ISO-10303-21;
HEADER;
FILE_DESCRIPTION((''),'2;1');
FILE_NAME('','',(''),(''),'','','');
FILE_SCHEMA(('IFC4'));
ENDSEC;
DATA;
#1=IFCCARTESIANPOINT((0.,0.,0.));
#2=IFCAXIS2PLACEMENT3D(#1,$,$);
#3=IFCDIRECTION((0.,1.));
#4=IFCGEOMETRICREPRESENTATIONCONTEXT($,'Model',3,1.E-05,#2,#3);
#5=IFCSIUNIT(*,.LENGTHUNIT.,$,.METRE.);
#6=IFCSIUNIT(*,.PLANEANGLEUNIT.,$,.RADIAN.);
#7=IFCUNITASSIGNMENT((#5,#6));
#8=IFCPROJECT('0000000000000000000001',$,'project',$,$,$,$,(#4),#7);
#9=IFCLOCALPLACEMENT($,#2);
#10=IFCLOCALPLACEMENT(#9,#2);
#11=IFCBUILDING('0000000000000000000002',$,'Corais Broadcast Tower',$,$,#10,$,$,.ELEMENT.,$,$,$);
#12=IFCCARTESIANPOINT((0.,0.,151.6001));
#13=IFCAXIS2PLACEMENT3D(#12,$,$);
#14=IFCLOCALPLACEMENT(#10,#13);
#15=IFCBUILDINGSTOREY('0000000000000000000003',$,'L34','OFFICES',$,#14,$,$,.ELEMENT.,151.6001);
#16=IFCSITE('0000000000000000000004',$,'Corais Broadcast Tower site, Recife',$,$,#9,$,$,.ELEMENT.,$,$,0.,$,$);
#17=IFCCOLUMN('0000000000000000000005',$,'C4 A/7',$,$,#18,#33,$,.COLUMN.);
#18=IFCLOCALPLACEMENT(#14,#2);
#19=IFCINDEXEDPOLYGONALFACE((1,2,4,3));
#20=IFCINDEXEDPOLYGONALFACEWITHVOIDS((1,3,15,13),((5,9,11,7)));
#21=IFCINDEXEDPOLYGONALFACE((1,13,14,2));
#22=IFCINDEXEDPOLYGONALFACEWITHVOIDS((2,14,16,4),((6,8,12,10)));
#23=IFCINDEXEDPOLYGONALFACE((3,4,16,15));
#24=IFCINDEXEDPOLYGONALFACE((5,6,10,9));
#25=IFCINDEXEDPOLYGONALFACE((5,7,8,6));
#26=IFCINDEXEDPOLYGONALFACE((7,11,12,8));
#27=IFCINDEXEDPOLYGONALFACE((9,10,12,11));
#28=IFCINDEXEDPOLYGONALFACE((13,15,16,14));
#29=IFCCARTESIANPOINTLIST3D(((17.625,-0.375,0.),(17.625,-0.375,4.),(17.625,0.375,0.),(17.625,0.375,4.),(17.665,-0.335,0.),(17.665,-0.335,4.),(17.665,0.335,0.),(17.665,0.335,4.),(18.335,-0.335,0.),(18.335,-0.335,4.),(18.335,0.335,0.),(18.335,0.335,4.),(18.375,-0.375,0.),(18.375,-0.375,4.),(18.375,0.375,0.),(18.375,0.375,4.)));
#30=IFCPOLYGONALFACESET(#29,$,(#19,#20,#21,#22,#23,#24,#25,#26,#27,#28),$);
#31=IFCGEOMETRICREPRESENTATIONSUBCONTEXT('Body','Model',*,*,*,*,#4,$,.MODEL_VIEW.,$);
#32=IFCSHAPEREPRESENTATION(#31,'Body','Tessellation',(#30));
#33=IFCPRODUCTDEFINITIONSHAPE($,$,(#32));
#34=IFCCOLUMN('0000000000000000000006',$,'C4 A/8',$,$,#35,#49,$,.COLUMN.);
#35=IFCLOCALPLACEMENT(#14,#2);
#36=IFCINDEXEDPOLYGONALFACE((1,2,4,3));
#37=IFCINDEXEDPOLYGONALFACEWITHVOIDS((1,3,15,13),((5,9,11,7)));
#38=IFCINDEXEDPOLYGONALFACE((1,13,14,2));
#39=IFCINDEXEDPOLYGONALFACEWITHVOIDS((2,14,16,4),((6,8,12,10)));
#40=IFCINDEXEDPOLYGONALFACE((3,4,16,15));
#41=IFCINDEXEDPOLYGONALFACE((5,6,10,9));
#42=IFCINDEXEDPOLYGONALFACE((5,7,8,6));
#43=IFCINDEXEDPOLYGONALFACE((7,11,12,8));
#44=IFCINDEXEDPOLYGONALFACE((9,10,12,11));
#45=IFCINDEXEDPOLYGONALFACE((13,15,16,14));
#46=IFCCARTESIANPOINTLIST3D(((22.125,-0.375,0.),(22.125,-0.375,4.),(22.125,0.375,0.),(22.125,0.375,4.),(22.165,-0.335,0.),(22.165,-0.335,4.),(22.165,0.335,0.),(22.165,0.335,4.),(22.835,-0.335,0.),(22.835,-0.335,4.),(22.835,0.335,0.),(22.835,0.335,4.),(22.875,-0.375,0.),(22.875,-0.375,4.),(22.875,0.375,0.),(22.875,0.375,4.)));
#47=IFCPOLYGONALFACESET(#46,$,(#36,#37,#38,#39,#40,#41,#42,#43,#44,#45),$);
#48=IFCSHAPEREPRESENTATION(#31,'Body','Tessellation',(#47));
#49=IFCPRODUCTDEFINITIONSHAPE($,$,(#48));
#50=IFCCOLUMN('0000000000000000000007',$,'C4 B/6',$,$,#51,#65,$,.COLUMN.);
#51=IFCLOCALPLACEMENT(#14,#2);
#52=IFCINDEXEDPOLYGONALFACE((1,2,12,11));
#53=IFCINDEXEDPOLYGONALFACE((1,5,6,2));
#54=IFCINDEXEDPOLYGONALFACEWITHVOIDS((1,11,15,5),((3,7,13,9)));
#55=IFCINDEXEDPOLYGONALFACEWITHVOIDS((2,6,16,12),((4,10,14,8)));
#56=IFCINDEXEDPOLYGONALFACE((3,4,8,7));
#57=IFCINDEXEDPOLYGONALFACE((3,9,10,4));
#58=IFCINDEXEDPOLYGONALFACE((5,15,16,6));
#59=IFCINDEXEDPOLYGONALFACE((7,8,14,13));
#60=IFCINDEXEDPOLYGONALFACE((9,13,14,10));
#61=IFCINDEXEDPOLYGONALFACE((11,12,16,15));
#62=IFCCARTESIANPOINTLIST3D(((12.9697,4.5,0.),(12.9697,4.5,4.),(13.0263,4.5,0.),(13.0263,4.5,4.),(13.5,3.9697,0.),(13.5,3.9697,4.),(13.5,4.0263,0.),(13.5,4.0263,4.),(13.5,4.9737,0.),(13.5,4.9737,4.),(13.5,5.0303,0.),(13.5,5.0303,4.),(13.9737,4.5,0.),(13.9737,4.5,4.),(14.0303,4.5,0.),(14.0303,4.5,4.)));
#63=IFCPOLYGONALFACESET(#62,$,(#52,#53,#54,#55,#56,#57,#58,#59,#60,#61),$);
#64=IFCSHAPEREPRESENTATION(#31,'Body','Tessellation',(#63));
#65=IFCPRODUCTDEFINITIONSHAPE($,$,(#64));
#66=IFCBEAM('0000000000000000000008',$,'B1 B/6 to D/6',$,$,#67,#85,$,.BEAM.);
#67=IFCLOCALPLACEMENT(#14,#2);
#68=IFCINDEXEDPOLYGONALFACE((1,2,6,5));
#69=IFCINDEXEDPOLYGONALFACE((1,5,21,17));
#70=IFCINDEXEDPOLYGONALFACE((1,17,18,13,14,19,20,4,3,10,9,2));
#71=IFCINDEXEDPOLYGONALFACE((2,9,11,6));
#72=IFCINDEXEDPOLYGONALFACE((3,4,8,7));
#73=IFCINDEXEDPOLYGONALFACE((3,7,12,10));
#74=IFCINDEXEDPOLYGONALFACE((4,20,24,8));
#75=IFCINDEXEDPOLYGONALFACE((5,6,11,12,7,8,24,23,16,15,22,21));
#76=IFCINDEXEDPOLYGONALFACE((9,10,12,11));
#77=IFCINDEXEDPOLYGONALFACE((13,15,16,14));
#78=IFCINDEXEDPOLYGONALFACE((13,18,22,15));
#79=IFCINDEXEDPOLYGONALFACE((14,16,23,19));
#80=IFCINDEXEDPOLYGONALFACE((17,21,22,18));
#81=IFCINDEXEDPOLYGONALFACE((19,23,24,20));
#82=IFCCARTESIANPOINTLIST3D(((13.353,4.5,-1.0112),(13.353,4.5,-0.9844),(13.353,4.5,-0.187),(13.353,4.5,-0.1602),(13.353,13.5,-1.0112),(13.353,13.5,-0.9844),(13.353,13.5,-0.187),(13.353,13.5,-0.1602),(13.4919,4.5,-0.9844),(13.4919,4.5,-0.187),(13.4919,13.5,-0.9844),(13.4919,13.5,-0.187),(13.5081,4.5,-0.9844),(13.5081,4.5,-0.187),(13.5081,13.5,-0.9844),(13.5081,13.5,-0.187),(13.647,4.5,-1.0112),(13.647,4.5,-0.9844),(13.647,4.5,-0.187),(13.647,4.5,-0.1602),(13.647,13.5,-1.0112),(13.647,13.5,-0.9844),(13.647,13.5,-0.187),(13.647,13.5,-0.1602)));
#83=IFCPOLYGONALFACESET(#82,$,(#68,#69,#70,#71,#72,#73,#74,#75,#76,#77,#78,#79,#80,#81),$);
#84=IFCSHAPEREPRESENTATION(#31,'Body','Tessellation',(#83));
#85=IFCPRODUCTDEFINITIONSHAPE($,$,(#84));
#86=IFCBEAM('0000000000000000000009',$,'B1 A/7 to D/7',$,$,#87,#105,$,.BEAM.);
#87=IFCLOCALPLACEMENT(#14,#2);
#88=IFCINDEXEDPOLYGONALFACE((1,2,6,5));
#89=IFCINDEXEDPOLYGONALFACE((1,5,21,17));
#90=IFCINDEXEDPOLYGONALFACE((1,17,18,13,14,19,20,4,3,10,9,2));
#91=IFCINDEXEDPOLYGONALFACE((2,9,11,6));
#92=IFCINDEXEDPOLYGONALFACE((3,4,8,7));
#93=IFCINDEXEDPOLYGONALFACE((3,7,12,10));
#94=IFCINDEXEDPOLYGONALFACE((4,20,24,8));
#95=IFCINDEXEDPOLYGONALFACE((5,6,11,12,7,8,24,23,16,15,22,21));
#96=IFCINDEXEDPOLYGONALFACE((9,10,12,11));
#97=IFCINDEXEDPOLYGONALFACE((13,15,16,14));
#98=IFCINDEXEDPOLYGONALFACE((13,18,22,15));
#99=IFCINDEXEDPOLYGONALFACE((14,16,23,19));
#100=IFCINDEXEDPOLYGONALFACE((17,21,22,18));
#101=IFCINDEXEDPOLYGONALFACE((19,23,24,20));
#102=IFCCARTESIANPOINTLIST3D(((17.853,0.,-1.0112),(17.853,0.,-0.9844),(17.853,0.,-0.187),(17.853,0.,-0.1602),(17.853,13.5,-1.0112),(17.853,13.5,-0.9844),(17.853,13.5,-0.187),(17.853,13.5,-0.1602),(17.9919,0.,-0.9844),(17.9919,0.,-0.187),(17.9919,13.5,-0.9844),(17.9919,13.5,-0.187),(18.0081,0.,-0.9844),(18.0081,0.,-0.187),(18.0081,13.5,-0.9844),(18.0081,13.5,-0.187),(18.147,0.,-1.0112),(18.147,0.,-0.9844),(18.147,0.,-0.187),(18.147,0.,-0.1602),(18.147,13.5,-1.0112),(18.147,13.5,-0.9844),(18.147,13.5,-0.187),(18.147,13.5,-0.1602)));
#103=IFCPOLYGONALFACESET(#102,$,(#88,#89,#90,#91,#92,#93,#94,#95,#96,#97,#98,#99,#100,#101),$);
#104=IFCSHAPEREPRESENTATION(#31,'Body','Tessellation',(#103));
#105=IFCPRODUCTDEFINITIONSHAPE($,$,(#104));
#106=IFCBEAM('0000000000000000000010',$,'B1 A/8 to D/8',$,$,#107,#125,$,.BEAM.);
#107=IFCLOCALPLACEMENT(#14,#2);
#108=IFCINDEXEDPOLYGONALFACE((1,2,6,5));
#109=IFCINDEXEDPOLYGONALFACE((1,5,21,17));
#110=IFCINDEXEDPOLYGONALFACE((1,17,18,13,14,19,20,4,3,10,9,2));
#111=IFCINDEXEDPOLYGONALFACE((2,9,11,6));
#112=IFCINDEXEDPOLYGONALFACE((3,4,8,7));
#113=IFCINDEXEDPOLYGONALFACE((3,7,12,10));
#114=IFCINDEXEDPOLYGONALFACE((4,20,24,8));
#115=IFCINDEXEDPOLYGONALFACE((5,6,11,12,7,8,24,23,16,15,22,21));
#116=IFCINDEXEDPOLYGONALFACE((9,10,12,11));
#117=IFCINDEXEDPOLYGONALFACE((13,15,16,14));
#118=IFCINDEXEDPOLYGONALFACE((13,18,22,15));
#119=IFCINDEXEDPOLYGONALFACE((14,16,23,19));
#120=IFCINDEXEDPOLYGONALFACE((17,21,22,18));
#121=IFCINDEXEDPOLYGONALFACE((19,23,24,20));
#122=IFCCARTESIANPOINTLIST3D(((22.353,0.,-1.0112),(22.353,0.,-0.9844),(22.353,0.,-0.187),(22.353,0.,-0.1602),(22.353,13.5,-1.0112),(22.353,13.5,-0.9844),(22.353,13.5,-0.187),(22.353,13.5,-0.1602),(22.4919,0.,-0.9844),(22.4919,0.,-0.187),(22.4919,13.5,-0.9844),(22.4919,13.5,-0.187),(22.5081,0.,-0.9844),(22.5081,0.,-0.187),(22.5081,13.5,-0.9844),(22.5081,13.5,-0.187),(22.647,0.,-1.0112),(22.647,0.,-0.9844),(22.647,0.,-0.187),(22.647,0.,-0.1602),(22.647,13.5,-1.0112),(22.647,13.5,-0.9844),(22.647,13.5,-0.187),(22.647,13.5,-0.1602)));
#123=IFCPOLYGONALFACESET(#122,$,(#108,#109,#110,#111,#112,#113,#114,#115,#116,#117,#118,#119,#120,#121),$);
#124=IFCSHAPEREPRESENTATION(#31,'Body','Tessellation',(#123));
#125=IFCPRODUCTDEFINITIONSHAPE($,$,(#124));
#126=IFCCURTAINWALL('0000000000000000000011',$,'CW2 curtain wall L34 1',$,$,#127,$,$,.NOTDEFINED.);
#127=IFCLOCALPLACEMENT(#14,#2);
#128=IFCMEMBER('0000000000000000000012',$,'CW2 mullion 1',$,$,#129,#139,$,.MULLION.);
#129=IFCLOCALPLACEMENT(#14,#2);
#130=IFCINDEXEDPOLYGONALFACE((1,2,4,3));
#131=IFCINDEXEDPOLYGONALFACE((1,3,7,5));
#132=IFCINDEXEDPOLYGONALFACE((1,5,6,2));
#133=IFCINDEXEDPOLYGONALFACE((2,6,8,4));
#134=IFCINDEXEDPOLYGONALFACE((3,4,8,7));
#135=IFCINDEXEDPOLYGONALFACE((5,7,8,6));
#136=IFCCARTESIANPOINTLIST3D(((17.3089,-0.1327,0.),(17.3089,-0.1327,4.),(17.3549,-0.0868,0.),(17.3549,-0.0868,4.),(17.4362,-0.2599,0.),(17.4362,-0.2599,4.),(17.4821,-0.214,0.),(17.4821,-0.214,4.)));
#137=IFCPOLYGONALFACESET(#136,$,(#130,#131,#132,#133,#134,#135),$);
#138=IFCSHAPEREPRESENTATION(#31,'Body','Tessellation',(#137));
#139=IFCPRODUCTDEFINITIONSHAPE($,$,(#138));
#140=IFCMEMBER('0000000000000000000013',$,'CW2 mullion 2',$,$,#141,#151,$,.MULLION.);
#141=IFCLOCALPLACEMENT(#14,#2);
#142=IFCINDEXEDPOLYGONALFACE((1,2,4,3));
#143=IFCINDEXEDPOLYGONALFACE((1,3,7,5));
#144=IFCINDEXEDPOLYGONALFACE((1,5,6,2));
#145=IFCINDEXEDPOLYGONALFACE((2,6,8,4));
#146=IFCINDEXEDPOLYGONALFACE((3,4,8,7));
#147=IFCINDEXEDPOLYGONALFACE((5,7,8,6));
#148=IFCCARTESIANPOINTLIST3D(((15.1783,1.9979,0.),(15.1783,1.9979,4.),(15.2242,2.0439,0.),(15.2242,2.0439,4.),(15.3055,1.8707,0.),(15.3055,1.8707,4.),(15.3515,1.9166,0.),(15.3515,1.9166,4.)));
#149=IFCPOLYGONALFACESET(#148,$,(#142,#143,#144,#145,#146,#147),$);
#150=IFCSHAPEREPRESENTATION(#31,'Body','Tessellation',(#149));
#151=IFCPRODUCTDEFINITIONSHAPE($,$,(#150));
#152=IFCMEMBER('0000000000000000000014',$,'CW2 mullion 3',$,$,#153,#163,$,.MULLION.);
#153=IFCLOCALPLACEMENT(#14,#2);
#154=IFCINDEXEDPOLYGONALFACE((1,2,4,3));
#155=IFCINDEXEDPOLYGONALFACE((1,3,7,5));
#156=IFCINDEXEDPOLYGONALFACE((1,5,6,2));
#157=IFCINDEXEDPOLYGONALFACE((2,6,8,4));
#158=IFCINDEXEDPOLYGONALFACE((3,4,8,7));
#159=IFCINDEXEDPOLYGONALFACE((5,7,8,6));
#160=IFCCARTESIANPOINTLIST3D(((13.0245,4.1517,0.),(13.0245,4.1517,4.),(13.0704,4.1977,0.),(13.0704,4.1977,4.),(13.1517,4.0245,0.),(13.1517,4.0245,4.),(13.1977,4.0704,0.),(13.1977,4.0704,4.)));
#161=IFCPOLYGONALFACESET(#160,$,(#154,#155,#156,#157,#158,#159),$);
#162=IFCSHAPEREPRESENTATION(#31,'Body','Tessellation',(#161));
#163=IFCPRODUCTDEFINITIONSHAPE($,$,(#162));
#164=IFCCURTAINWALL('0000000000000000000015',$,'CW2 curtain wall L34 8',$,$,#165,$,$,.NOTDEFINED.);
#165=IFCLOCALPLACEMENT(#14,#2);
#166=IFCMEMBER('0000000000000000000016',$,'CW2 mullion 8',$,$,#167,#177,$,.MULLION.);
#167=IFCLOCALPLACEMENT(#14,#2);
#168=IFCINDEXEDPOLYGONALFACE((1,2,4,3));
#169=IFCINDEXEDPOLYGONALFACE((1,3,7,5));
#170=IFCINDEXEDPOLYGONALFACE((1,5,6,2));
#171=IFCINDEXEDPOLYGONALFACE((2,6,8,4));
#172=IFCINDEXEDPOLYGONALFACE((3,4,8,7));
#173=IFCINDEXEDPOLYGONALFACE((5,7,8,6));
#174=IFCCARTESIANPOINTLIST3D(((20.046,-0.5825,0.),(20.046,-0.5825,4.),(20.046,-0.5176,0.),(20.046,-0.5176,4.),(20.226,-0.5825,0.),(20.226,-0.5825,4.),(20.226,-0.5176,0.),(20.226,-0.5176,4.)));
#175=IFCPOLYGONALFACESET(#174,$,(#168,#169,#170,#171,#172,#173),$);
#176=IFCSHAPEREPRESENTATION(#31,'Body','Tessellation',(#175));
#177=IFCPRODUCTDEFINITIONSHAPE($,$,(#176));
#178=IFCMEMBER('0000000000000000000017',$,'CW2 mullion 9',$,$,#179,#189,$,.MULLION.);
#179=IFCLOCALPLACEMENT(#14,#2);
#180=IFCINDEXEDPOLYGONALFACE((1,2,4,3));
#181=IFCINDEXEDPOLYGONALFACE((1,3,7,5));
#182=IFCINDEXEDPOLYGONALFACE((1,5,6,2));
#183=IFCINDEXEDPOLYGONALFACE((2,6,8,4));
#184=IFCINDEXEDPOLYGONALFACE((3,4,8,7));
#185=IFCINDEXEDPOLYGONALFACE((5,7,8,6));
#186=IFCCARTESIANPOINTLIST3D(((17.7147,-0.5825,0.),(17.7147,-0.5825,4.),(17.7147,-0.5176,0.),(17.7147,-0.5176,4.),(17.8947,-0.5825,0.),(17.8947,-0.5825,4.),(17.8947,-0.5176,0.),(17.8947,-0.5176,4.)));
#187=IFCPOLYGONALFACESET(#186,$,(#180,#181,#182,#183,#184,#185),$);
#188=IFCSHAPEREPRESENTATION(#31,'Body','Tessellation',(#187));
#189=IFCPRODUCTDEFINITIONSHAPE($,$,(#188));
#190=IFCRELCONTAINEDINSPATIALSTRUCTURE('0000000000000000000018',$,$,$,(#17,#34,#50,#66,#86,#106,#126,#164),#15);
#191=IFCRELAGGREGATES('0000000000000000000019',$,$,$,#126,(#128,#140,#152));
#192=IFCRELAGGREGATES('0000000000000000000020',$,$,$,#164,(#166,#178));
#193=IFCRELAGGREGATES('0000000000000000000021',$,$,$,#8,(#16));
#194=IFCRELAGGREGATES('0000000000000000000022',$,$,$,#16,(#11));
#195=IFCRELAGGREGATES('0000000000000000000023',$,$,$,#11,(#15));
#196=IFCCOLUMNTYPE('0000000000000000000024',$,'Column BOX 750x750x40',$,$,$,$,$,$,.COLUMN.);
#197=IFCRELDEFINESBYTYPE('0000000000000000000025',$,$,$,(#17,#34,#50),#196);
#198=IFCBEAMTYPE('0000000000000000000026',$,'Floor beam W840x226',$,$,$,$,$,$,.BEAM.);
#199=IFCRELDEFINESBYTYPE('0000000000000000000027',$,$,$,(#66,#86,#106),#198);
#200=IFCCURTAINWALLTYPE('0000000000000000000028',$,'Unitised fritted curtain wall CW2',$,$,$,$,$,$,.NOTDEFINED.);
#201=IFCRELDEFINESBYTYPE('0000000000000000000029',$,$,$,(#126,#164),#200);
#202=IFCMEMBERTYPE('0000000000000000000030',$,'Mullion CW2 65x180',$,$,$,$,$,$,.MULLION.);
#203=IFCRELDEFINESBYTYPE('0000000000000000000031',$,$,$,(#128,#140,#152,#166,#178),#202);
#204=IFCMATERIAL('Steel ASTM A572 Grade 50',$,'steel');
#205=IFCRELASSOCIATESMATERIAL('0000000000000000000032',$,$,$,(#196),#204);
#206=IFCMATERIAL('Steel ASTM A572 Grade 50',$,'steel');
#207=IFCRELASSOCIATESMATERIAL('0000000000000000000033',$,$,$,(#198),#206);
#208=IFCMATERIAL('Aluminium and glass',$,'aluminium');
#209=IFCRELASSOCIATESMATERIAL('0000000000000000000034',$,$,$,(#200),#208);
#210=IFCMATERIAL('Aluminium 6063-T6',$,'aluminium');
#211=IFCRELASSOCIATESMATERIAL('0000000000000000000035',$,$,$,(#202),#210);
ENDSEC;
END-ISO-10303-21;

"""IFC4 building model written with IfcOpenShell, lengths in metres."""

from ifc_helpers import new_model, si_unit, direction, frame, origin, origin_2d, place, context, subcontext, project, spatial, rectangle, hollow_rectangle, i_section, extrude, material, material_profile, profile_set, type_object, element, aggregate, save


model = new_model("IFC4")

# Units and contexts
model_context = context("Model", 3, precision=1e-05, world=origin(), true_north=direction((0.0, 1.0)))
body_context = subcontext(model_context, "Body", "Model", "MODEL_VIEW")
ifc_project = project(units=[si_unit("LENGTHUNIT", "METRE"), si_unit("PLANEANGLEUNIT", "RADIAN")], contexts=[model_context])

# Site, building, storey
site_placement = place(None, origin())
site = spatial("IfcSite", under=ifc_project, at=site_placement, Name="Corais Broadcast Tower site, Recife", CompositionType="ELEMENT", RefElevation=0.0)
building_placement = place(site_placement, origin())
building = spatial("IfcBuilding", under=site, at=building_placement, Name="Corais Broadcast Tower", CompositionType="ELEMENT")
storey_placement = place(building_placement, frame((0.0, 0.0, 151.6001)))
storey = spatial("IfcBuildingStorey", under=building, at=storey_placement, Name="L34", Description="OFFICES", CompositionType="ELEMENT", Elevation=151.6001)

# Columns
ifc_material_1 = material(Name="Steel ASTM A572 Grade 50", Category="steel")
ifc_material_profile_1 = material_profile(ifc_material_1, hollow_rectangle(XDim=0.75, YDim=0.75, WallThickness=0.04, at=origin_2d()), Name="BOX 750x750x40")
ifc_profile_set_1 = profile_set([ifc_material_profile_1], Name="Steel ASTM A572 Grade 50")
column_type = type_object("IfcColumnType", Name="Column BOX 750x750x40", PredefinedType="COLUMN", material=ifc_profile_set_1)
for number, where, z_axis, x_axis, name in (
    (1, (18.0, 0.0, 0.0), (0.0, 0.0, 1.0), (1.0, 0.0, 0.0), "C4 A/7"),
    (2, (22.5, 0.0, 0.0), (0.0, 0.0, 1.0), (1.0, 0.0, 0.0), "C4 A/8"),
    (3, (13.5, 4.5, 0.0), (0.0, 0.0, 1.0), (0.707107, 0.707107, 0.0), "C4 B/6"),
):
    element("IfcColumn", number, at=place(storey_placement, frame(where, z_axis=z_axis, x_axis=x_axis)), inside=storey, type_object=column_type, Name=name, PredefinedType="COLUMN", context=body_context, shape_type="SweptSolid", body=[
        extrude(hollow_rectangle(XDim=0.75, YDim=0.75, WallThickness=0.04, at=origin_2d()), origin(), (0.0, 0.0, 1.0), 4.0),
    ])

# Beams
ifc_material_2 = material(Name="Steel ASTM A572 Grade 50", Category="steel")
ifc_material_profile_2 = material_profile(ifc_material_2, i_section(OverallWidth=0.2939, OverallDepth=0.8511, WebThickness=0.0161, FlangeThickness=0.0269, at=origin_2d()), Name="W840x226")
ifc_profile_set_2 = profile_set([ifc_material_profile_2], Name="Steel ASTM A572 Grade 50")
beam_type_1 = type_object("IfcBeamType", Name="Floor beam W840x226", PredefinedType="BEAM", material=ifc_profile_set_2)
beam_1_placement = place(storey_placement, frame((13.5, 4.5, -0.5857), z_axis=(0.0, 1.0, 0.0), x_axis=(-1.0, 0.0, 0.0)))
element("IfcBeam", 4, at=beam_1_placement, inside=storey, type_object=beam_type_1, Name="B1 B/6 to D/6", PredefinedType="BEAM", context=body_context, shape_type="SweptSolid", body=[
    extrude(i_section(OverallWidth=0.2939, OverallDepth=0.8511, WebThickness=0.0161, FlangeThickness=0.0269, at=origin_2d()), origin(), (0.0, 0.0, 1.0), 9.0),
])
for number, where, z_axis, x_axis, name in (
    (5, (18.0, 0.0, -0.5857), (0.0, 1.0, 0.0), (-1.0, 0.0, 0.0), "B1 A/7 to D/7"),
    (6, (22.5, 0.0, -0.5857), (0.0, 1.0, 0.0), (-1.0, 0.0, 0.0), "B1 A/8 to D/8"),
):
    element("IfcBeam", number, at=place(storey_placement, frame(where, z_axis=z_axis, x_axis=x_axis)), inside=storey, type_object=beam_type_1, Name=name, PredefinedType="BEAM", context=body_context, shape_type="SweptSolid", body=[
        extrude(i_section(OverallWidth=0.2939, OverallDepth=0.8511, WebThickness=0.0161, FlangeThickness=0.0269, at=origin_2d()), origin(), (0.0, 0.0, 1.0), 13.5),
    ])

# Curtain walls, members
ifc_material_3 = material(Name="Aluminium and glass", Category="aluminium")
curtain_wall_type = type_object("IfcCurtainWallType", Name="Unitised fritted curtain wall CW2", PredefinedType="NOTDEFINED", material=ifc_material_3)
curtain_wall_1_placement = place(storey_placement, origin())
curtain_wall_1 = element("IfcCurtainWall", 7, at=curtain_wall_1_placement, inside=storey, type_object=curtain_wall_type, Name="CW2 curtain wall L34 1", PredefinedType="NOTDEFINED")
ifc_material_4 = material(Name="Aluminium 6063-T6", Category="aluminium")
ifc_material_profile_3 = material_profile(ifc_material_4, rectangle(XDim=0.0649, YDim=0.1799, at=origin_2d()), Name="Mullion CW2 65x180")
ifc_profile_set_3 = profile_set([ifc_material_profile_3], Name="Aluminium 6063-T6")
member_type_1 = type_object("IfcMemberType", Name="Mullion CW2 65x180", PredefinedType="MULLION", material=ifc_profile_set_3)
member_1_placement = place(storey_placement, frame((17.3955, -0.1733, 0.0), z_axis=(0.0, 0.0, 1.0), x_axis=(-0.707107, -0.707107, 0.0)))
member_1 = element("IfcMember", 8, at=member_1_placement, type_object=member_type_1, Name="CW2 mullion 1", PredefinedType="MULLION", context=body_context, shape_type="SweptSolid", body=[
    extrude(rectangle(XDim=0.0649, YDim=0.1799, at=origin_2d()), origin(), (0.0, 0.0, 1.0), 4.0),
])
member_2_placement = place(storey_placement, frame((15.2649, 1.9573, 0.0), z_axis=(0.0, 0.0, 1.0), x_axis=(-0.707107, -0.707107, 0.0)))
member_2 = element("IfcMember", 9, at=member_2_placement, type_object=member_type_1, Name="CW2 mullion 2", PredefinedType="MULLION", context=body_context, shape_type="SweptSolid", body=[
    extrude(rectangle(XDim=0.0649, YDim=0.1799, at=origin_2d()), origin(), (0.0, 0.0, 1.0), 4.0),
])
member_3_placement = place(storey_placement, frame((13.1111, 4.1111, 0.0), z_axis=(0.0, 0.0, 1.0), x_axis=(-0.707107, -0.707107, 0.0)))
member_3 = element("IfcMember", 10, at=member_3_placement, type_object=member_type_1, Name="CW2 mullion 3", PredefinedType="MULLION", context=body_context, shape_type="SweptSolid", body=[
    extrude(rectangle(XDim=0.0649, YDim=0.1799, at=origin_2d()), origin(), (0.0, 0.0, 1.0), 4.0),
])
curtain_wall_2_placement = place(storey_placement, origin())
curtain_wall_2 = element("IfcCurtainWall", 11, at=curtain_wall_2_placement, inside=storey, type_object=curtain_wall_type, Name="CW2 curtain wall L34 8", PredefinedType="NOTDEFINED")
member_4_placement = place(storey_placement, frame((20.136, -0.55, 0.0), z_axis=(0.0, 0.0, 1.0), x_axis=(0.0, -1.0, 0.0)))
member_4 = element("IfcMember", 12, at=member_4_placement, type_object=member_type_1, Name="CW2 mullion 8", PredefinedType="MULLION", context=body_context, shape_type="SweptSolid", body=[
    extrude(rectangle(XDim=0.0649, YDim=0.1799, at=origin_2d()), origin(), (0.0, 0.0, 1.0), 4.0),
])
member_5_placement = place(storey_placement, frame((17.8047, -0.55, 0.0), z_axis=(0.0, 0.0, 1.0), x_axis=(0.0, -1.0, 0.0)))
member_5 = element("IfcMember", 13, at=member_5_placement, type_object=member_type_1, Name="CW2 mullion 9", PredefinedType="MULLION", context=body_context, shape_type="SweptSolid", body=[
    extrude(rectangle(XDim=0.0649, YDim=0.1799, at=origin_2d()), origin(), (0.0, 0.0, 1.0), 4.0),
])

aggregate(curtain_wall_1, [member_1, member_2, member_3])
aggregate(curtain_wall_2, [member_4, member_5])

save(model, "model.ifc")
